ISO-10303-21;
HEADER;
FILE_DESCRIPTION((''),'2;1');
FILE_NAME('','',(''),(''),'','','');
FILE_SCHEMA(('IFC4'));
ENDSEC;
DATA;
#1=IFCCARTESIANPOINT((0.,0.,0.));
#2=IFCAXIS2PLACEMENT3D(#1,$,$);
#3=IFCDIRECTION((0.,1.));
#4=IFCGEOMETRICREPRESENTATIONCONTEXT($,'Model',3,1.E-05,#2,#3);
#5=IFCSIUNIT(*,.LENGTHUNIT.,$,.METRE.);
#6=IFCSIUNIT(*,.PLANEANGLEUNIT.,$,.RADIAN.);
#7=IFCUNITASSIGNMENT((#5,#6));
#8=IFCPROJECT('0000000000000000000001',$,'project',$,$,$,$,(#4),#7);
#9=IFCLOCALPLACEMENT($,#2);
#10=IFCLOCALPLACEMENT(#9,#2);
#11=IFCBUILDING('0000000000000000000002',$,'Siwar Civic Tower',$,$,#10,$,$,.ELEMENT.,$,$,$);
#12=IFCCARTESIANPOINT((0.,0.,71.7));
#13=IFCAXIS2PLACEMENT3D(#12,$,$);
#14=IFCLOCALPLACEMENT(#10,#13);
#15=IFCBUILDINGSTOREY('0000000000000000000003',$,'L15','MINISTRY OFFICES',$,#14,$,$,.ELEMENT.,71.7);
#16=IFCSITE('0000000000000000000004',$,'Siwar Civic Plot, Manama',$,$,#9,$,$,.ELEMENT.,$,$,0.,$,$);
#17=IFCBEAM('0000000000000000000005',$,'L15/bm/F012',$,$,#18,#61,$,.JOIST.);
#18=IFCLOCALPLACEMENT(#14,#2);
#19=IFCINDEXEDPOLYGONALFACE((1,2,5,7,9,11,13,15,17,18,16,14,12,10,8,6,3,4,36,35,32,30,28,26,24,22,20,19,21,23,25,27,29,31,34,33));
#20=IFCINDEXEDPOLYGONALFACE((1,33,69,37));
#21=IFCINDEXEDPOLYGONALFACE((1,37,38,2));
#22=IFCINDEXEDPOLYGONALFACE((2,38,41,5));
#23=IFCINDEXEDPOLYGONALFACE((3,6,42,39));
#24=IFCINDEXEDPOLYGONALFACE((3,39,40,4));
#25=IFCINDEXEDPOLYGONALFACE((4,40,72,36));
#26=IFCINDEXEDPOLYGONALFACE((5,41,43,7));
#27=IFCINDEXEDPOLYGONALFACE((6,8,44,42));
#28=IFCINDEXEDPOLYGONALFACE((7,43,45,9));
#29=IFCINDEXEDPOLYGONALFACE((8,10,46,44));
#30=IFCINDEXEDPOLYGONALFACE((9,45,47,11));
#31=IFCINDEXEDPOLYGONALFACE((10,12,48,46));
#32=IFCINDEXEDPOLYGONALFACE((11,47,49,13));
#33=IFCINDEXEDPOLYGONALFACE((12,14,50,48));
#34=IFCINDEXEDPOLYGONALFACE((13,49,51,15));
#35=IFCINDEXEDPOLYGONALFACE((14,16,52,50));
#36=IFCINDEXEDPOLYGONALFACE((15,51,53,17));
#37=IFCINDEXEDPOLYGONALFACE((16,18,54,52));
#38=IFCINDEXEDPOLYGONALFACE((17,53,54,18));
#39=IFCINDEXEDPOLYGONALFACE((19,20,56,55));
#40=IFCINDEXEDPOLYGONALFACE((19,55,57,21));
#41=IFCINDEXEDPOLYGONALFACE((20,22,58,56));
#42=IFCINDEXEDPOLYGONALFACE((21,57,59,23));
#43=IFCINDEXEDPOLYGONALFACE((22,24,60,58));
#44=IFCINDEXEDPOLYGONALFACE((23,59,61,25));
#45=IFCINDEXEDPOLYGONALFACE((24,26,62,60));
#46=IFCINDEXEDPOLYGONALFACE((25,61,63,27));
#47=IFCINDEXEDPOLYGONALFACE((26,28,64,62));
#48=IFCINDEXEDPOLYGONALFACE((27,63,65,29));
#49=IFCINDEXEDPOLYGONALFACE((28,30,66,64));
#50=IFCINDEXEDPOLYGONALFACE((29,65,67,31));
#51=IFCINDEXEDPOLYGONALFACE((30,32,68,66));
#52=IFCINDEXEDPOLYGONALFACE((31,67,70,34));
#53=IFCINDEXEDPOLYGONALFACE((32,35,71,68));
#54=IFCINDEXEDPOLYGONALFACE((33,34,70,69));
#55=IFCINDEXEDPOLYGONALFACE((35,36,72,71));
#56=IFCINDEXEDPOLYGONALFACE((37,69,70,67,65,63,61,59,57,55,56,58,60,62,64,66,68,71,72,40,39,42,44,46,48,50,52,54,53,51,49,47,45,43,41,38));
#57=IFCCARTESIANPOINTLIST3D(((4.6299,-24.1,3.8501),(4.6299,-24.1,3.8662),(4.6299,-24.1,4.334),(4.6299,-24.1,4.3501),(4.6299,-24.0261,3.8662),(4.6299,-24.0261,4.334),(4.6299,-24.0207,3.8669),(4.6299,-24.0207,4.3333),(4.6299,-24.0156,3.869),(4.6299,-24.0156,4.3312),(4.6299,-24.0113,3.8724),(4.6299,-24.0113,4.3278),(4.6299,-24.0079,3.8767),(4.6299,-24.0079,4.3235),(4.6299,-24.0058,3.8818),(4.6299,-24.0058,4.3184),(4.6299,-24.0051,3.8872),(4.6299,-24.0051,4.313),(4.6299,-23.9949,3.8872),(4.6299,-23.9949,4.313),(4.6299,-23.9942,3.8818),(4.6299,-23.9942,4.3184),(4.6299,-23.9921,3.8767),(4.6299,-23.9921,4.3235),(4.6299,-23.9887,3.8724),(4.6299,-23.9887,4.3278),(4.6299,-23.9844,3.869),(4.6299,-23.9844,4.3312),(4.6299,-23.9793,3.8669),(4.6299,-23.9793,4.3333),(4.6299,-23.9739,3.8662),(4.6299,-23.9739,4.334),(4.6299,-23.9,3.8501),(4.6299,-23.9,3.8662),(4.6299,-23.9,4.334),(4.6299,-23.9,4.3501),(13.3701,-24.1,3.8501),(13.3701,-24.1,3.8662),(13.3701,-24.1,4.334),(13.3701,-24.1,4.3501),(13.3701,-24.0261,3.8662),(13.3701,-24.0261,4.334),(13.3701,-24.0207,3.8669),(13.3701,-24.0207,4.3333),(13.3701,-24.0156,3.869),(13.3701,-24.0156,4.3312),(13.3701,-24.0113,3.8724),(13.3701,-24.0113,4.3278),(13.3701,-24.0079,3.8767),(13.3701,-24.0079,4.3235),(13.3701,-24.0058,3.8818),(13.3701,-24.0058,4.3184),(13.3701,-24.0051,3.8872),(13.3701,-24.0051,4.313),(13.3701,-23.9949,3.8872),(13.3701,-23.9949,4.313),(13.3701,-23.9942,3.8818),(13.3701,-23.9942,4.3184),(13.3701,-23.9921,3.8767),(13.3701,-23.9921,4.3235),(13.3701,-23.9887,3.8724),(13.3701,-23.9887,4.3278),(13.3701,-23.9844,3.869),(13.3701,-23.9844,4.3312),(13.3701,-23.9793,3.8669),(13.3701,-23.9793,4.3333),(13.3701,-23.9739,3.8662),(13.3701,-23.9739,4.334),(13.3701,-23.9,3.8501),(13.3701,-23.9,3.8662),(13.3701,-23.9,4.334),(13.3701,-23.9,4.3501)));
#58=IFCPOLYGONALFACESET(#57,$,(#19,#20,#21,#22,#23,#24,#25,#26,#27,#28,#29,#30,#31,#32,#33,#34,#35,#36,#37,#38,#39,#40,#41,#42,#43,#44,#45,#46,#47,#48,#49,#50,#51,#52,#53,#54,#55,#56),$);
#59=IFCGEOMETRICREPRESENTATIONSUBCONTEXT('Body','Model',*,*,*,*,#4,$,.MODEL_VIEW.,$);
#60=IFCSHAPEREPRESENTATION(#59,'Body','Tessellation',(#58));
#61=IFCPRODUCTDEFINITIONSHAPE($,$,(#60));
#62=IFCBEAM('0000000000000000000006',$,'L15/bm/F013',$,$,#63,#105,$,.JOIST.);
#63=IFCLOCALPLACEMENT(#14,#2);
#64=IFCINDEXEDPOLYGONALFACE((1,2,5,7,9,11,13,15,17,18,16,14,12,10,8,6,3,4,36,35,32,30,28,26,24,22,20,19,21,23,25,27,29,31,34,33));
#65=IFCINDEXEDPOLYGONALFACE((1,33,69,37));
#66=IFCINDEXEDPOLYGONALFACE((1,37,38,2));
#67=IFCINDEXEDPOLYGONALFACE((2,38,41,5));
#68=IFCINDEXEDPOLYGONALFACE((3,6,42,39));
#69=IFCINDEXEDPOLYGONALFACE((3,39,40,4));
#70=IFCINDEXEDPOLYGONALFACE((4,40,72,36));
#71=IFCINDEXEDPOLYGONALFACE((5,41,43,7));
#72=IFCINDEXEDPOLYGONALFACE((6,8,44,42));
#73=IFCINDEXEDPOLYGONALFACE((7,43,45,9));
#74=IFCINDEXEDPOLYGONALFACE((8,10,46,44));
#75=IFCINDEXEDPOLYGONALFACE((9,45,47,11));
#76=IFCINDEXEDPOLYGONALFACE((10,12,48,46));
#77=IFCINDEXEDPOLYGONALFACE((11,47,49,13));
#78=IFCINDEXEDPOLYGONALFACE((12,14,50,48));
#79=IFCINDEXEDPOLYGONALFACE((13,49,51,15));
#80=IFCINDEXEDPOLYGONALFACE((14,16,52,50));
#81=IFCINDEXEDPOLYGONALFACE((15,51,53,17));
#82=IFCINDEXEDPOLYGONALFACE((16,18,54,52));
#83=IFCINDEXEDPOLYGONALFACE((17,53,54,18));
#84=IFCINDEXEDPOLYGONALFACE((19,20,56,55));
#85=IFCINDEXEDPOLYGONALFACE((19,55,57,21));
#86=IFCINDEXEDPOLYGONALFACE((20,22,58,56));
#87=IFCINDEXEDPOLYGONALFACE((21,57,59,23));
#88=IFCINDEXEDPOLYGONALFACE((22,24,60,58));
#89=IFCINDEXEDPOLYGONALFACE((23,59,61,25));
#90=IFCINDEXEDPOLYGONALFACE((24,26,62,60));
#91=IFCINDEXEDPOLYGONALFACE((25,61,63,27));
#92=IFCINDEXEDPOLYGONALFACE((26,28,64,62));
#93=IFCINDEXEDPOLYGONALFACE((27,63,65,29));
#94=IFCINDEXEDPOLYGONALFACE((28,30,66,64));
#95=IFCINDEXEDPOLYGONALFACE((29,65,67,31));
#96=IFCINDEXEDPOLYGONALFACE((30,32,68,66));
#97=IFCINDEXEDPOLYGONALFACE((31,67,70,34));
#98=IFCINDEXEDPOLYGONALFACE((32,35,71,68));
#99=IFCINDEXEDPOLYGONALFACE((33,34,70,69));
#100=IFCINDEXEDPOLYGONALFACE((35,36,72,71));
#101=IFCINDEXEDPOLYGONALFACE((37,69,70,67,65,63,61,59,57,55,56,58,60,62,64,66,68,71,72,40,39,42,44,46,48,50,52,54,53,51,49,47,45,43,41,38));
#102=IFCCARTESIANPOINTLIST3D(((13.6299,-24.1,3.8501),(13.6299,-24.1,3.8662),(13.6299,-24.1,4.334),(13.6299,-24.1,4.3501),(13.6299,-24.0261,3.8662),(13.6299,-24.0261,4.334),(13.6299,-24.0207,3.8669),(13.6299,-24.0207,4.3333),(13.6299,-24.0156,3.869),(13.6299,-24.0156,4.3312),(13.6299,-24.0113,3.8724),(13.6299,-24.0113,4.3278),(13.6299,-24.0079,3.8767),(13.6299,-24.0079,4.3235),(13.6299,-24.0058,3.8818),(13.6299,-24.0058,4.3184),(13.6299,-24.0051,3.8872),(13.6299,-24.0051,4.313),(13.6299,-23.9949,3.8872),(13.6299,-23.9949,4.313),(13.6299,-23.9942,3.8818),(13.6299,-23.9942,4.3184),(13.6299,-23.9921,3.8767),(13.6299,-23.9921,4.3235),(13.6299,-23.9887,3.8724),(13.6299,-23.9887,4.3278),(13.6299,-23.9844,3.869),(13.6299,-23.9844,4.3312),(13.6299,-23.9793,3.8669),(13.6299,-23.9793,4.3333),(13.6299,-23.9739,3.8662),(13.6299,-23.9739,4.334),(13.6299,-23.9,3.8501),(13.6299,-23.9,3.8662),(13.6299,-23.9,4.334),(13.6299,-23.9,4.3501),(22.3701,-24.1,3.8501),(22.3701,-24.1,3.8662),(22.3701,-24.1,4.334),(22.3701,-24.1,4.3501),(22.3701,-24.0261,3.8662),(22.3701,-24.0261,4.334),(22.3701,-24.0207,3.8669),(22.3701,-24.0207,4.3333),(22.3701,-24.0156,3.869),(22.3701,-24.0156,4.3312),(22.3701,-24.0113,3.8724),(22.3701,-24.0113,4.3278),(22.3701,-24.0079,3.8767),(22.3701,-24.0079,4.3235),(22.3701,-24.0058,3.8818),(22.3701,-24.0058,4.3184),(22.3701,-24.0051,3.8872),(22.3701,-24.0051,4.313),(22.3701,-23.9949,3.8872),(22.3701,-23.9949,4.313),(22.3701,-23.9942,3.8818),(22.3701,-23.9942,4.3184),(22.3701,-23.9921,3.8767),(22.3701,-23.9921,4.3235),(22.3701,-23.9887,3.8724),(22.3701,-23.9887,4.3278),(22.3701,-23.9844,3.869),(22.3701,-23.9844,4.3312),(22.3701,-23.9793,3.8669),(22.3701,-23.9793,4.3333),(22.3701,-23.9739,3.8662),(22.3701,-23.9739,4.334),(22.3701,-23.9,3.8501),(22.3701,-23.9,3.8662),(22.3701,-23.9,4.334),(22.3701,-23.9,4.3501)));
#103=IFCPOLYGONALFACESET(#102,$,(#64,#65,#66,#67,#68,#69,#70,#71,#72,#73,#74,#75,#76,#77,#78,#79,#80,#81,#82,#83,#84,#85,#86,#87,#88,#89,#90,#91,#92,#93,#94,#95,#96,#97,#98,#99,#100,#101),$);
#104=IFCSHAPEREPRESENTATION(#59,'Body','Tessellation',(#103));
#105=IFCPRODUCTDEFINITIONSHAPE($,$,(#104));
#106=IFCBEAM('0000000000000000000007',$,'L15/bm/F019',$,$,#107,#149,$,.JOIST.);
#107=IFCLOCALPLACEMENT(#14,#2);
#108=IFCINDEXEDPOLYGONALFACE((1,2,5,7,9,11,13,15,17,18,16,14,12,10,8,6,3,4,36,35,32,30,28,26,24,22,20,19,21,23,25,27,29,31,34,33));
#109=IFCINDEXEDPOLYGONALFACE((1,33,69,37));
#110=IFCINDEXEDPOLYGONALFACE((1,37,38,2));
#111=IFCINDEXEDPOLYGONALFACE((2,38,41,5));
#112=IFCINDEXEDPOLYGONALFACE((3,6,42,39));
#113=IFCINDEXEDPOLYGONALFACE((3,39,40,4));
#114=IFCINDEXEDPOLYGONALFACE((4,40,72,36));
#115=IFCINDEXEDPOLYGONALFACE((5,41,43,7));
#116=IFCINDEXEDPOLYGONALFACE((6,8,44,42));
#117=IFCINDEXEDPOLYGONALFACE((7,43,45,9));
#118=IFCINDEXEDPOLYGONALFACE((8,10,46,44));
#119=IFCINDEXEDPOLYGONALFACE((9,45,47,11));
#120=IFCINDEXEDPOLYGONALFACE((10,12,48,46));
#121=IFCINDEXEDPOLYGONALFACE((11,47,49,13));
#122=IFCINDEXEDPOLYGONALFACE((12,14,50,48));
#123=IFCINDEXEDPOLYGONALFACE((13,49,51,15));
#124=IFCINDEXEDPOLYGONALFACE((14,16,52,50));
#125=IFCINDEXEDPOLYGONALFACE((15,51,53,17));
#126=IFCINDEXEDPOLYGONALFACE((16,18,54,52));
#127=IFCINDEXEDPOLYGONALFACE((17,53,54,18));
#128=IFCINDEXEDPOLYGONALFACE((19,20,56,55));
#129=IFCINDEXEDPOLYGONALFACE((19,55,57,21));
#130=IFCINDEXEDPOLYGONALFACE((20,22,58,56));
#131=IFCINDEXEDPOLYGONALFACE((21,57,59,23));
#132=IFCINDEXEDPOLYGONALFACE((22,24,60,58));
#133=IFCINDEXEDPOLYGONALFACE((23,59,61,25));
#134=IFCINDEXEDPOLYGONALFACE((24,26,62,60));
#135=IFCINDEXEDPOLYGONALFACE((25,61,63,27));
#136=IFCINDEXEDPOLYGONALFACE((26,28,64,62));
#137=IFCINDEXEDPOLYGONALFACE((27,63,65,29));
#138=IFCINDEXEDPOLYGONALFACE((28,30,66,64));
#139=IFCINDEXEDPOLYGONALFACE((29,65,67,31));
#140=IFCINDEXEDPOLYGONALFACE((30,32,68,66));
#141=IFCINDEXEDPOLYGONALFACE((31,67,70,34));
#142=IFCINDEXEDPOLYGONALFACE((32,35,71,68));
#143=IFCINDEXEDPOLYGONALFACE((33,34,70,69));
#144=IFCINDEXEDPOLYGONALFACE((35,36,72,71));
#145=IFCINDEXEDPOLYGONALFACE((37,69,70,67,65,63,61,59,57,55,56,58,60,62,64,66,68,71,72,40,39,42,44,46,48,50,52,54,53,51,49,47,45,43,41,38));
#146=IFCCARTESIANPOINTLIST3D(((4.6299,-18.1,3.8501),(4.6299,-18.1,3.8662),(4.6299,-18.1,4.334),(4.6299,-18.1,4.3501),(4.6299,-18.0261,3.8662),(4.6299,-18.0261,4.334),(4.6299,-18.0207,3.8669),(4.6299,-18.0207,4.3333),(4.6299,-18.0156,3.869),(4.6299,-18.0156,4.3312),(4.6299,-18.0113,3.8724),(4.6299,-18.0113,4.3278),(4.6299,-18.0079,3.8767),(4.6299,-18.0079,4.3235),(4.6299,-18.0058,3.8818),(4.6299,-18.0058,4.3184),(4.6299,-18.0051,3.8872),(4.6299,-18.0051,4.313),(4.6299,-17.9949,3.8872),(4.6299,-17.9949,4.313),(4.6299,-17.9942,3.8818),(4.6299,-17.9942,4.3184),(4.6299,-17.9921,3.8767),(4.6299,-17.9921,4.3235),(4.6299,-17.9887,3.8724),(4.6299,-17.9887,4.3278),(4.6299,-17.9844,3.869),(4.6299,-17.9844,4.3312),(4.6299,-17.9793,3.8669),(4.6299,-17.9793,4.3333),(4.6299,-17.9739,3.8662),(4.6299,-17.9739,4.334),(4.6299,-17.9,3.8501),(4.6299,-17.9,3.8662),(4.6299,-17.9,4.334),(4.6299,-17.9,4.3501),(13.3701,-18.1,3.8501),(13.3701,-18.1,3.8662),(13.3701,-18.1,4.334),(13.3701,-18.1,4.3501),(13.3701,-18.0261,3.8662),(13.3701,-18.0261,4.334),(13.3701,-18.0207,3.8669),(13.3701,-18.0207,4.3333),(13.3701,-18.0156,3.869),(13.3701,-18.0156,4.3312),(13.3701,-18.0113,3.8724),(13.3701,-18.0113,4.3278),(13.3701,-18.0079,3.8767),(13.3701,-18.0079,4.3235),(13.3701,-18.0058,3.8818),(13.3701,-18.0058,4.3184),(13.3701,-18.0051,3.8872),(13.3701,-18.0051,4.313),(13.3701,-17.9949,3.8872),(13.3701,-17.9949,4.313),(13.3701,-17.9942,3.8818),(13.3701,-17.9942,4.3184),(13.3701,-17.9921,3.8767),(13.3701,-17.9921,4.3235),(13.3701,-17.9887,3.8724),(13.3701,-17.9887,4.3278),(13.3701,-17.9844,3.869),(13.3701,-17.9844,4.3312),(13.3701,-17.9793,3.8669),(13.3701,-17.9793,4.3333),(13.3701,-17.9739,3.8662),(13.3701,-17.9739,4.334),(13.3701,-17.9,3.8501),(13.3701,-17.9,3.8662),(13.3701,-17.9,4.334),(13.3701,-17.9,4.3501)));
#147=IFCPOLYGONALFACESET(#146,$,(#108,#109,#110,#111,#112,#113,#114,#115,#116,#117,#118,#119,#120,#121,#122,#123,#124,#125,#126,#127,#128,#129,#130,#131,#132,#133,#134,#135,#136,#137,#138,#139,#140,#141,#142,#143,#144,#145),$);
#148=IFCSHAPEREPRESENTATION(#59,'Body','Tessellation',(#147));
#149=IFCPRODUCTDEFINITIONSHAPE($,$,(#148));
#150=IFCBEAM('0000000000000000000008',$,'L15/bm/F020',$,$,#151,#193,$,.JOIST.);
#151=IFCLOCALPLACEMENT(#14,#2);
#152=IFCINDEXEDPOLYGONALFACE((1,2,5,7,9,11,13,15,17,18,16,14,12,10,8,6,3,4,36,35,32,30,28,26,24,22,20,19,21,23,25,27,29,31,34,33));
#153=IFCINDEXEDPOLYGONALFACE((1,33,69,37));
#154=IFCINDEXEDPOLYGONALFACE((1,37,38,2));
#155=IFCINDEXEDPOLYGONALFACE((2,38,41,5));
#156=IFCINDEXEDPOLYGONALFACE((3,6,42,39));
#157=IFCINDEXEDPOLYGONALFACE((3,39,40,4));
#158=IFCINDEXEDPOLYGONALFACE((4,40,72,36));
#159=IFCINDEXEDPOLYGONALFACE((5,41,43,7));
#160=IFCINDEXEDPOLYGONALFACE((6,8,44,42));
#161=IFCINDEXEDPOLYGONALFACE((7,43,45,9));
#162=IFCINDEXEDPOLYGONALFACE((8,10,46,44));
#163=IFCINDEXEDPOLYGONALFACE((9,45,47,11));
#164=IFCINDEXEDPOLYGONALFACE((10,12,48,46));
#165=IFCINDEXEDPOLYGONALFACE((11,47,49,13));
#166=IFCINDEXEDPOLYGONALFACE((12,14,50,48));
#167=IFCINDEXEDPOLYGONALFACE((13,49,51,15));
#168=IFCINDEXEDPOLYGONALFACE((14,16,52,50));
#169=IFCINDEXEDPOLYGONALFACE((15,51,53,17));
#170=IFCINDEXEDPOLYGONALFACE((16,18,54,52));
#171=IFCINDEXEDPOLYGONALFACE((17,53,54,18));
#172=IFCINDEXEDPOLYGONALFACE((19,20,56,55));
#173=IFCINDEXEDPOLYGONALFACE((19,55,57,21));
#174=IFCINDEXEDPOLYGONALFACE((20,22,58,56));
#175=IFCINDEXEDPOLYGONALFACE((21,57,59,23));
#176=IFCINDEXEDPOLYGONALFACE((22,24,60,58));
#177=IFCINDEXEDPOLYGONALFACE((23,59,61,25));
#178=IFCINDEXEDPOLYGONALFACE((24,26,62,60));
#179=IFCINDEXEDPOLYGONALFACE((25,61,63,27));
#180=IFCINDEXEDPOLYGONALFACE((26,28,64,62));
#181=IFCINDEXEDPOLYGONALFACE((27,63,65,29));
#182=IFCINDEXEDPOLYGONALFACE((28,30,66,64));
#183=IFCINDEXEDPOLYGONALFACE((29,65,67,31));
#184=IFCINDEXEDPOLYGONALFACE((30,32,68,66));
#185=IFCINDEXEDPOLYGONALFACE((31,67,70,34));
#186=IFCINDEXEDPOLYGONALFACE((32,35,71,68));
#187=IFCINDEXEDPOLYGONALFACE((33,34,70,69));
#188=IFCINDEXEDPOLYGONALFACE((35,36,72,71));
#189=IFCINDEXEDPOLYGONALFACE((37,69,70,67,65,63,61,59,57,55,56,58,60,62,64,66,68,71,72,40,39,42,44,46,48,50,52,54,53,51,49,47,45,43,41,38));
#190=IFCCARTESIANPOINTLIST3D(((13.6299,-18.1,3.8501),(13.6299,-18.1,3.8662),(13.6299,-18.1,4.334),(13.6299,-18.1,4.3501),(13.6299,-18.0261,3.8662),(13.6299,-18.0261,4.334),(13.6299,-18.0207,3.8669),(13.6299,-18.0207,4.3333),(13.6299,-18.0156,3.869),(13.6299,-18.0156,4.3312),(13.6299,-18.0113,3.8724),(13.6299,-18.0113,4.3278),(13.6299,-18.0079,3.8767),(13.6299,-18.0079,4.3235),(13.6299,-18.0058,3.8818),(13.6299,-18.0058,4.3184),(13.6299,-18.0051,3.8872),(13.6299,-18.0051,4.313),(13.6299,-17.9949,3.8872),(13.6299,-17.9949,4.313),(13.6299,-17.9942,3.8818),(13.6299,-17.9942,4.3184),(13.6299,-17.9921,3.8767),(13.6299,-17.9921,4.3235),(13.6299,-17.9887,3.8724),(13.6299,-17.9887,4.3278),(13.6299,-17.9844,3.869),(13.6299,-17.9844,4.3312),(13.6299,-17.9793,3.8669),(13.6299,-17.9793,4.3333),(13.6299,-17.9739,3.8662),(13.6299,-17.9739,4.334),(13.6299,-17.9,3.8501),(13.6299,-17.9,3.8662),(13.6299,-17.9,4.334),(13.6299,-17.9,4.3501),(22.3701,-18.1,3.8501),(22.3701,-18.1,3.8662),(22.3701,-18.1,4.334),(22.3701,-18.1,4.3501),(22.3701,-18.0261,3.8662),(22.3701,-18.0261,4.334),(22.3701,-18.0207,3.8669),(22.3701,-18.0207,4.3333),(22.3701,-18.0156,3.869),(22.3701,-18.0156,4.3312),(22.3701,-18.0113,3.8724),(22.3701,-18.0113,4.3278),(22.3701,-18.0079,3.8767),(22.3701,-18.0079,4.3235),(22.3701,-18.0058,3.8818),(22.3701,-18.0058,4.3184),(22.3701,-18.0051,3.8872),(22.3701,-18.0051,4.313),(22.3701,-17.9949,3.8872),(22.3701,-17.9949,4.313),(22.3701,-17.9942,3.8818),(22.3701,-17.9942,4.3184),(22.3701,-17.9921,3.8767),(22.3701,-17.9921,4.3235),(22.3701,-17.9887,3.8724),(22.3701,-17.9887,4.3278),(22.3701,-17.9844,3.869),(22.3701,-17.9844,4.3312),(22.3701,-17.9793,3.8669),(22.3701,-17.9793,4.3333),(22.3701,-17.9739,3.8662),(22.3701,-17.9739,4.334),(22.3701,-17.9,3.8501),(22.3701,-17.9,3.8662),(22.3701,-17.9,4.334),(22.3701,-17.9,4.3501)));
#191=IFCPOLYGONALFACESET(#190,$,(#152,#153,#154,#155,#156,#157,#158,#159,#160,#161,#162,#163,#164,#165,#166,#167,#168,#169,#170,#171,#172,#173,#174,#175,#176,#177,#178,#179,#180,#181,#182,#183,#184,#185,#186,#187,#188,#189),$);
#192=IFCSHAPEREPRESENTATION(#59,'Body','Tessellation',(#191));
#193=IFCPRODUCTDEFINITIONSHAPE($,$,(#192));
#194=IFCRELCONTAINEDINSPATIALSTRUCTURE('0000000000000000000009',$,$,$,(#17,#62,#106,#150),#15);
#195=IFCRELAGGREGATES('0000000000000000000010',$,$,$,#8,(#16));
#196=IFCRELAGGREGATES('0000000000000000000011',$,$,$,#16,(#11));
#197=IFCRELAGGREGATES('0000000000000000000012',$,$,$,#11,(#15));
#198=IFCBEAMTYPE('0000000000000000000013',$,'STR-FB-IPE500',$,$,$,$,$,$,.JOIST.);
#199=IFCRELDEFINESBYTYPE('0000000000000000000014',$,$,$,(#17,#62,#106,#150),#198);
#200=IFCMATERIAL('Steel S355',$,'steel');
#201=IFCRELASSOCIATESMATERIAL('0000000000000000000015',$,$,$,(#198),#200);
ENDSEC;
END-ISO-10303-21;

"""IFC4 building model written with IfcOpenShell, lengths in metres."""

from ifc_helpers import new_model, si_unit, direction, frame, origin, origin_2d, place, context, subcontext, project, spatial, i_section, extrude, material, material_profile, profile_set, type_object, element, save


model = new_model("IFC4")

# Units and contexts
model_context = context("Model", 3, precision=1e-05, world=origin(), true_north=direction((0.0, 1.0)))
body_context = subcontext(model_context, "Body", "Model", "MODEL_VIEW")
ifc_project = project(units=[si_unit("LENGTHUNIT", "METRE"), si_unit("PLANEANGLEUNIT", "RADIAN")], contexts=[model_context])

# Site, building, storey
site_placement = place(None, origin())
site = spatial("IfcSite", under=ifc_project, at=site_placement, Name="Siwar Civic Plot, Manama", CompositionType="ELEMENT", RefElevation=0.0)
building_placement = place(site_placement, origin())
building = spatial("IfcBuilding", under=site, at=building_placement, Name="Siwar Civic Tower", CompositionType="ELEMENT")
storey_placement = place(building_placement, frame((0.0, 0.0, 71.7)))
storey = spatial("IfcBuildingStorey", under=building, at=storey_placement, Name="L15", Description="MINISTRY OFFICES", CompositionType="ELEMENT", Elevation=71.7)

# Beams
ifc_material_1 = material(Name="Steel S355", Category="steel")
ifc_material_profile_1 = material_profile(ifc_material_1, i_section(OverallWidth=0.2, OverallDepth=0.5, WebThickness=0.0103, FlangeThickness=0.0161, FilletRadius=0.021, at=origin_2d()), Name="IPE500")
ifc_profile_set_1 = profile_set([ifc_material_profile_1], Name="Steel S355")
beam_type_1 = type_object("IfcBeamType", Name="STR-FB-IPE500", PredefinedType="JOIST", material=ifc_profile_set_1)
for number, where, z_axis, x_axis, name in (
    (1, (4.6299, -24.0, 4.1001), (1.0, 0.0, 0.0), (0.0, 1.0, 0.0), "L15/bm/F012"),
    (2, (13.6299, -24.0, 4.1001), (1.0, 0.0, 0.0), (0.0, 1.0, 0.0), "L15/bm/F013"),
    (3, (4.6299, -18.0, 4.1001), (1.0, 0.0, 0.0), (0.0, 1.0, 0.0), "L15/bm/F019"),
    (4, (13.6299, -18.0, 4.1001), (1.0, 0.0, 0.0), (0.0, 1.0, 0.0), "L15/bm/F020"),
):
    element("IfcBeam", number, at=place(storey_placement, frame(where, z_axis=z_axis, x_axis=x_axis)), inside=storey, type_object=beam_type_1, Name=name, PredefinedType="JOIST", context=body_context, shape_type="SweptSolid", body=[
        extrude(i_section(OverallWidth=0.2, OverallDepth=0.5, WebThickness=0.0103, FlangeThickness=0.0161, FilletRadius=0.021, at=origin_2d()), origin(), (0.0, 0.0, 1.0), 8.7402),
    ])

save(model, "model.ifc")
